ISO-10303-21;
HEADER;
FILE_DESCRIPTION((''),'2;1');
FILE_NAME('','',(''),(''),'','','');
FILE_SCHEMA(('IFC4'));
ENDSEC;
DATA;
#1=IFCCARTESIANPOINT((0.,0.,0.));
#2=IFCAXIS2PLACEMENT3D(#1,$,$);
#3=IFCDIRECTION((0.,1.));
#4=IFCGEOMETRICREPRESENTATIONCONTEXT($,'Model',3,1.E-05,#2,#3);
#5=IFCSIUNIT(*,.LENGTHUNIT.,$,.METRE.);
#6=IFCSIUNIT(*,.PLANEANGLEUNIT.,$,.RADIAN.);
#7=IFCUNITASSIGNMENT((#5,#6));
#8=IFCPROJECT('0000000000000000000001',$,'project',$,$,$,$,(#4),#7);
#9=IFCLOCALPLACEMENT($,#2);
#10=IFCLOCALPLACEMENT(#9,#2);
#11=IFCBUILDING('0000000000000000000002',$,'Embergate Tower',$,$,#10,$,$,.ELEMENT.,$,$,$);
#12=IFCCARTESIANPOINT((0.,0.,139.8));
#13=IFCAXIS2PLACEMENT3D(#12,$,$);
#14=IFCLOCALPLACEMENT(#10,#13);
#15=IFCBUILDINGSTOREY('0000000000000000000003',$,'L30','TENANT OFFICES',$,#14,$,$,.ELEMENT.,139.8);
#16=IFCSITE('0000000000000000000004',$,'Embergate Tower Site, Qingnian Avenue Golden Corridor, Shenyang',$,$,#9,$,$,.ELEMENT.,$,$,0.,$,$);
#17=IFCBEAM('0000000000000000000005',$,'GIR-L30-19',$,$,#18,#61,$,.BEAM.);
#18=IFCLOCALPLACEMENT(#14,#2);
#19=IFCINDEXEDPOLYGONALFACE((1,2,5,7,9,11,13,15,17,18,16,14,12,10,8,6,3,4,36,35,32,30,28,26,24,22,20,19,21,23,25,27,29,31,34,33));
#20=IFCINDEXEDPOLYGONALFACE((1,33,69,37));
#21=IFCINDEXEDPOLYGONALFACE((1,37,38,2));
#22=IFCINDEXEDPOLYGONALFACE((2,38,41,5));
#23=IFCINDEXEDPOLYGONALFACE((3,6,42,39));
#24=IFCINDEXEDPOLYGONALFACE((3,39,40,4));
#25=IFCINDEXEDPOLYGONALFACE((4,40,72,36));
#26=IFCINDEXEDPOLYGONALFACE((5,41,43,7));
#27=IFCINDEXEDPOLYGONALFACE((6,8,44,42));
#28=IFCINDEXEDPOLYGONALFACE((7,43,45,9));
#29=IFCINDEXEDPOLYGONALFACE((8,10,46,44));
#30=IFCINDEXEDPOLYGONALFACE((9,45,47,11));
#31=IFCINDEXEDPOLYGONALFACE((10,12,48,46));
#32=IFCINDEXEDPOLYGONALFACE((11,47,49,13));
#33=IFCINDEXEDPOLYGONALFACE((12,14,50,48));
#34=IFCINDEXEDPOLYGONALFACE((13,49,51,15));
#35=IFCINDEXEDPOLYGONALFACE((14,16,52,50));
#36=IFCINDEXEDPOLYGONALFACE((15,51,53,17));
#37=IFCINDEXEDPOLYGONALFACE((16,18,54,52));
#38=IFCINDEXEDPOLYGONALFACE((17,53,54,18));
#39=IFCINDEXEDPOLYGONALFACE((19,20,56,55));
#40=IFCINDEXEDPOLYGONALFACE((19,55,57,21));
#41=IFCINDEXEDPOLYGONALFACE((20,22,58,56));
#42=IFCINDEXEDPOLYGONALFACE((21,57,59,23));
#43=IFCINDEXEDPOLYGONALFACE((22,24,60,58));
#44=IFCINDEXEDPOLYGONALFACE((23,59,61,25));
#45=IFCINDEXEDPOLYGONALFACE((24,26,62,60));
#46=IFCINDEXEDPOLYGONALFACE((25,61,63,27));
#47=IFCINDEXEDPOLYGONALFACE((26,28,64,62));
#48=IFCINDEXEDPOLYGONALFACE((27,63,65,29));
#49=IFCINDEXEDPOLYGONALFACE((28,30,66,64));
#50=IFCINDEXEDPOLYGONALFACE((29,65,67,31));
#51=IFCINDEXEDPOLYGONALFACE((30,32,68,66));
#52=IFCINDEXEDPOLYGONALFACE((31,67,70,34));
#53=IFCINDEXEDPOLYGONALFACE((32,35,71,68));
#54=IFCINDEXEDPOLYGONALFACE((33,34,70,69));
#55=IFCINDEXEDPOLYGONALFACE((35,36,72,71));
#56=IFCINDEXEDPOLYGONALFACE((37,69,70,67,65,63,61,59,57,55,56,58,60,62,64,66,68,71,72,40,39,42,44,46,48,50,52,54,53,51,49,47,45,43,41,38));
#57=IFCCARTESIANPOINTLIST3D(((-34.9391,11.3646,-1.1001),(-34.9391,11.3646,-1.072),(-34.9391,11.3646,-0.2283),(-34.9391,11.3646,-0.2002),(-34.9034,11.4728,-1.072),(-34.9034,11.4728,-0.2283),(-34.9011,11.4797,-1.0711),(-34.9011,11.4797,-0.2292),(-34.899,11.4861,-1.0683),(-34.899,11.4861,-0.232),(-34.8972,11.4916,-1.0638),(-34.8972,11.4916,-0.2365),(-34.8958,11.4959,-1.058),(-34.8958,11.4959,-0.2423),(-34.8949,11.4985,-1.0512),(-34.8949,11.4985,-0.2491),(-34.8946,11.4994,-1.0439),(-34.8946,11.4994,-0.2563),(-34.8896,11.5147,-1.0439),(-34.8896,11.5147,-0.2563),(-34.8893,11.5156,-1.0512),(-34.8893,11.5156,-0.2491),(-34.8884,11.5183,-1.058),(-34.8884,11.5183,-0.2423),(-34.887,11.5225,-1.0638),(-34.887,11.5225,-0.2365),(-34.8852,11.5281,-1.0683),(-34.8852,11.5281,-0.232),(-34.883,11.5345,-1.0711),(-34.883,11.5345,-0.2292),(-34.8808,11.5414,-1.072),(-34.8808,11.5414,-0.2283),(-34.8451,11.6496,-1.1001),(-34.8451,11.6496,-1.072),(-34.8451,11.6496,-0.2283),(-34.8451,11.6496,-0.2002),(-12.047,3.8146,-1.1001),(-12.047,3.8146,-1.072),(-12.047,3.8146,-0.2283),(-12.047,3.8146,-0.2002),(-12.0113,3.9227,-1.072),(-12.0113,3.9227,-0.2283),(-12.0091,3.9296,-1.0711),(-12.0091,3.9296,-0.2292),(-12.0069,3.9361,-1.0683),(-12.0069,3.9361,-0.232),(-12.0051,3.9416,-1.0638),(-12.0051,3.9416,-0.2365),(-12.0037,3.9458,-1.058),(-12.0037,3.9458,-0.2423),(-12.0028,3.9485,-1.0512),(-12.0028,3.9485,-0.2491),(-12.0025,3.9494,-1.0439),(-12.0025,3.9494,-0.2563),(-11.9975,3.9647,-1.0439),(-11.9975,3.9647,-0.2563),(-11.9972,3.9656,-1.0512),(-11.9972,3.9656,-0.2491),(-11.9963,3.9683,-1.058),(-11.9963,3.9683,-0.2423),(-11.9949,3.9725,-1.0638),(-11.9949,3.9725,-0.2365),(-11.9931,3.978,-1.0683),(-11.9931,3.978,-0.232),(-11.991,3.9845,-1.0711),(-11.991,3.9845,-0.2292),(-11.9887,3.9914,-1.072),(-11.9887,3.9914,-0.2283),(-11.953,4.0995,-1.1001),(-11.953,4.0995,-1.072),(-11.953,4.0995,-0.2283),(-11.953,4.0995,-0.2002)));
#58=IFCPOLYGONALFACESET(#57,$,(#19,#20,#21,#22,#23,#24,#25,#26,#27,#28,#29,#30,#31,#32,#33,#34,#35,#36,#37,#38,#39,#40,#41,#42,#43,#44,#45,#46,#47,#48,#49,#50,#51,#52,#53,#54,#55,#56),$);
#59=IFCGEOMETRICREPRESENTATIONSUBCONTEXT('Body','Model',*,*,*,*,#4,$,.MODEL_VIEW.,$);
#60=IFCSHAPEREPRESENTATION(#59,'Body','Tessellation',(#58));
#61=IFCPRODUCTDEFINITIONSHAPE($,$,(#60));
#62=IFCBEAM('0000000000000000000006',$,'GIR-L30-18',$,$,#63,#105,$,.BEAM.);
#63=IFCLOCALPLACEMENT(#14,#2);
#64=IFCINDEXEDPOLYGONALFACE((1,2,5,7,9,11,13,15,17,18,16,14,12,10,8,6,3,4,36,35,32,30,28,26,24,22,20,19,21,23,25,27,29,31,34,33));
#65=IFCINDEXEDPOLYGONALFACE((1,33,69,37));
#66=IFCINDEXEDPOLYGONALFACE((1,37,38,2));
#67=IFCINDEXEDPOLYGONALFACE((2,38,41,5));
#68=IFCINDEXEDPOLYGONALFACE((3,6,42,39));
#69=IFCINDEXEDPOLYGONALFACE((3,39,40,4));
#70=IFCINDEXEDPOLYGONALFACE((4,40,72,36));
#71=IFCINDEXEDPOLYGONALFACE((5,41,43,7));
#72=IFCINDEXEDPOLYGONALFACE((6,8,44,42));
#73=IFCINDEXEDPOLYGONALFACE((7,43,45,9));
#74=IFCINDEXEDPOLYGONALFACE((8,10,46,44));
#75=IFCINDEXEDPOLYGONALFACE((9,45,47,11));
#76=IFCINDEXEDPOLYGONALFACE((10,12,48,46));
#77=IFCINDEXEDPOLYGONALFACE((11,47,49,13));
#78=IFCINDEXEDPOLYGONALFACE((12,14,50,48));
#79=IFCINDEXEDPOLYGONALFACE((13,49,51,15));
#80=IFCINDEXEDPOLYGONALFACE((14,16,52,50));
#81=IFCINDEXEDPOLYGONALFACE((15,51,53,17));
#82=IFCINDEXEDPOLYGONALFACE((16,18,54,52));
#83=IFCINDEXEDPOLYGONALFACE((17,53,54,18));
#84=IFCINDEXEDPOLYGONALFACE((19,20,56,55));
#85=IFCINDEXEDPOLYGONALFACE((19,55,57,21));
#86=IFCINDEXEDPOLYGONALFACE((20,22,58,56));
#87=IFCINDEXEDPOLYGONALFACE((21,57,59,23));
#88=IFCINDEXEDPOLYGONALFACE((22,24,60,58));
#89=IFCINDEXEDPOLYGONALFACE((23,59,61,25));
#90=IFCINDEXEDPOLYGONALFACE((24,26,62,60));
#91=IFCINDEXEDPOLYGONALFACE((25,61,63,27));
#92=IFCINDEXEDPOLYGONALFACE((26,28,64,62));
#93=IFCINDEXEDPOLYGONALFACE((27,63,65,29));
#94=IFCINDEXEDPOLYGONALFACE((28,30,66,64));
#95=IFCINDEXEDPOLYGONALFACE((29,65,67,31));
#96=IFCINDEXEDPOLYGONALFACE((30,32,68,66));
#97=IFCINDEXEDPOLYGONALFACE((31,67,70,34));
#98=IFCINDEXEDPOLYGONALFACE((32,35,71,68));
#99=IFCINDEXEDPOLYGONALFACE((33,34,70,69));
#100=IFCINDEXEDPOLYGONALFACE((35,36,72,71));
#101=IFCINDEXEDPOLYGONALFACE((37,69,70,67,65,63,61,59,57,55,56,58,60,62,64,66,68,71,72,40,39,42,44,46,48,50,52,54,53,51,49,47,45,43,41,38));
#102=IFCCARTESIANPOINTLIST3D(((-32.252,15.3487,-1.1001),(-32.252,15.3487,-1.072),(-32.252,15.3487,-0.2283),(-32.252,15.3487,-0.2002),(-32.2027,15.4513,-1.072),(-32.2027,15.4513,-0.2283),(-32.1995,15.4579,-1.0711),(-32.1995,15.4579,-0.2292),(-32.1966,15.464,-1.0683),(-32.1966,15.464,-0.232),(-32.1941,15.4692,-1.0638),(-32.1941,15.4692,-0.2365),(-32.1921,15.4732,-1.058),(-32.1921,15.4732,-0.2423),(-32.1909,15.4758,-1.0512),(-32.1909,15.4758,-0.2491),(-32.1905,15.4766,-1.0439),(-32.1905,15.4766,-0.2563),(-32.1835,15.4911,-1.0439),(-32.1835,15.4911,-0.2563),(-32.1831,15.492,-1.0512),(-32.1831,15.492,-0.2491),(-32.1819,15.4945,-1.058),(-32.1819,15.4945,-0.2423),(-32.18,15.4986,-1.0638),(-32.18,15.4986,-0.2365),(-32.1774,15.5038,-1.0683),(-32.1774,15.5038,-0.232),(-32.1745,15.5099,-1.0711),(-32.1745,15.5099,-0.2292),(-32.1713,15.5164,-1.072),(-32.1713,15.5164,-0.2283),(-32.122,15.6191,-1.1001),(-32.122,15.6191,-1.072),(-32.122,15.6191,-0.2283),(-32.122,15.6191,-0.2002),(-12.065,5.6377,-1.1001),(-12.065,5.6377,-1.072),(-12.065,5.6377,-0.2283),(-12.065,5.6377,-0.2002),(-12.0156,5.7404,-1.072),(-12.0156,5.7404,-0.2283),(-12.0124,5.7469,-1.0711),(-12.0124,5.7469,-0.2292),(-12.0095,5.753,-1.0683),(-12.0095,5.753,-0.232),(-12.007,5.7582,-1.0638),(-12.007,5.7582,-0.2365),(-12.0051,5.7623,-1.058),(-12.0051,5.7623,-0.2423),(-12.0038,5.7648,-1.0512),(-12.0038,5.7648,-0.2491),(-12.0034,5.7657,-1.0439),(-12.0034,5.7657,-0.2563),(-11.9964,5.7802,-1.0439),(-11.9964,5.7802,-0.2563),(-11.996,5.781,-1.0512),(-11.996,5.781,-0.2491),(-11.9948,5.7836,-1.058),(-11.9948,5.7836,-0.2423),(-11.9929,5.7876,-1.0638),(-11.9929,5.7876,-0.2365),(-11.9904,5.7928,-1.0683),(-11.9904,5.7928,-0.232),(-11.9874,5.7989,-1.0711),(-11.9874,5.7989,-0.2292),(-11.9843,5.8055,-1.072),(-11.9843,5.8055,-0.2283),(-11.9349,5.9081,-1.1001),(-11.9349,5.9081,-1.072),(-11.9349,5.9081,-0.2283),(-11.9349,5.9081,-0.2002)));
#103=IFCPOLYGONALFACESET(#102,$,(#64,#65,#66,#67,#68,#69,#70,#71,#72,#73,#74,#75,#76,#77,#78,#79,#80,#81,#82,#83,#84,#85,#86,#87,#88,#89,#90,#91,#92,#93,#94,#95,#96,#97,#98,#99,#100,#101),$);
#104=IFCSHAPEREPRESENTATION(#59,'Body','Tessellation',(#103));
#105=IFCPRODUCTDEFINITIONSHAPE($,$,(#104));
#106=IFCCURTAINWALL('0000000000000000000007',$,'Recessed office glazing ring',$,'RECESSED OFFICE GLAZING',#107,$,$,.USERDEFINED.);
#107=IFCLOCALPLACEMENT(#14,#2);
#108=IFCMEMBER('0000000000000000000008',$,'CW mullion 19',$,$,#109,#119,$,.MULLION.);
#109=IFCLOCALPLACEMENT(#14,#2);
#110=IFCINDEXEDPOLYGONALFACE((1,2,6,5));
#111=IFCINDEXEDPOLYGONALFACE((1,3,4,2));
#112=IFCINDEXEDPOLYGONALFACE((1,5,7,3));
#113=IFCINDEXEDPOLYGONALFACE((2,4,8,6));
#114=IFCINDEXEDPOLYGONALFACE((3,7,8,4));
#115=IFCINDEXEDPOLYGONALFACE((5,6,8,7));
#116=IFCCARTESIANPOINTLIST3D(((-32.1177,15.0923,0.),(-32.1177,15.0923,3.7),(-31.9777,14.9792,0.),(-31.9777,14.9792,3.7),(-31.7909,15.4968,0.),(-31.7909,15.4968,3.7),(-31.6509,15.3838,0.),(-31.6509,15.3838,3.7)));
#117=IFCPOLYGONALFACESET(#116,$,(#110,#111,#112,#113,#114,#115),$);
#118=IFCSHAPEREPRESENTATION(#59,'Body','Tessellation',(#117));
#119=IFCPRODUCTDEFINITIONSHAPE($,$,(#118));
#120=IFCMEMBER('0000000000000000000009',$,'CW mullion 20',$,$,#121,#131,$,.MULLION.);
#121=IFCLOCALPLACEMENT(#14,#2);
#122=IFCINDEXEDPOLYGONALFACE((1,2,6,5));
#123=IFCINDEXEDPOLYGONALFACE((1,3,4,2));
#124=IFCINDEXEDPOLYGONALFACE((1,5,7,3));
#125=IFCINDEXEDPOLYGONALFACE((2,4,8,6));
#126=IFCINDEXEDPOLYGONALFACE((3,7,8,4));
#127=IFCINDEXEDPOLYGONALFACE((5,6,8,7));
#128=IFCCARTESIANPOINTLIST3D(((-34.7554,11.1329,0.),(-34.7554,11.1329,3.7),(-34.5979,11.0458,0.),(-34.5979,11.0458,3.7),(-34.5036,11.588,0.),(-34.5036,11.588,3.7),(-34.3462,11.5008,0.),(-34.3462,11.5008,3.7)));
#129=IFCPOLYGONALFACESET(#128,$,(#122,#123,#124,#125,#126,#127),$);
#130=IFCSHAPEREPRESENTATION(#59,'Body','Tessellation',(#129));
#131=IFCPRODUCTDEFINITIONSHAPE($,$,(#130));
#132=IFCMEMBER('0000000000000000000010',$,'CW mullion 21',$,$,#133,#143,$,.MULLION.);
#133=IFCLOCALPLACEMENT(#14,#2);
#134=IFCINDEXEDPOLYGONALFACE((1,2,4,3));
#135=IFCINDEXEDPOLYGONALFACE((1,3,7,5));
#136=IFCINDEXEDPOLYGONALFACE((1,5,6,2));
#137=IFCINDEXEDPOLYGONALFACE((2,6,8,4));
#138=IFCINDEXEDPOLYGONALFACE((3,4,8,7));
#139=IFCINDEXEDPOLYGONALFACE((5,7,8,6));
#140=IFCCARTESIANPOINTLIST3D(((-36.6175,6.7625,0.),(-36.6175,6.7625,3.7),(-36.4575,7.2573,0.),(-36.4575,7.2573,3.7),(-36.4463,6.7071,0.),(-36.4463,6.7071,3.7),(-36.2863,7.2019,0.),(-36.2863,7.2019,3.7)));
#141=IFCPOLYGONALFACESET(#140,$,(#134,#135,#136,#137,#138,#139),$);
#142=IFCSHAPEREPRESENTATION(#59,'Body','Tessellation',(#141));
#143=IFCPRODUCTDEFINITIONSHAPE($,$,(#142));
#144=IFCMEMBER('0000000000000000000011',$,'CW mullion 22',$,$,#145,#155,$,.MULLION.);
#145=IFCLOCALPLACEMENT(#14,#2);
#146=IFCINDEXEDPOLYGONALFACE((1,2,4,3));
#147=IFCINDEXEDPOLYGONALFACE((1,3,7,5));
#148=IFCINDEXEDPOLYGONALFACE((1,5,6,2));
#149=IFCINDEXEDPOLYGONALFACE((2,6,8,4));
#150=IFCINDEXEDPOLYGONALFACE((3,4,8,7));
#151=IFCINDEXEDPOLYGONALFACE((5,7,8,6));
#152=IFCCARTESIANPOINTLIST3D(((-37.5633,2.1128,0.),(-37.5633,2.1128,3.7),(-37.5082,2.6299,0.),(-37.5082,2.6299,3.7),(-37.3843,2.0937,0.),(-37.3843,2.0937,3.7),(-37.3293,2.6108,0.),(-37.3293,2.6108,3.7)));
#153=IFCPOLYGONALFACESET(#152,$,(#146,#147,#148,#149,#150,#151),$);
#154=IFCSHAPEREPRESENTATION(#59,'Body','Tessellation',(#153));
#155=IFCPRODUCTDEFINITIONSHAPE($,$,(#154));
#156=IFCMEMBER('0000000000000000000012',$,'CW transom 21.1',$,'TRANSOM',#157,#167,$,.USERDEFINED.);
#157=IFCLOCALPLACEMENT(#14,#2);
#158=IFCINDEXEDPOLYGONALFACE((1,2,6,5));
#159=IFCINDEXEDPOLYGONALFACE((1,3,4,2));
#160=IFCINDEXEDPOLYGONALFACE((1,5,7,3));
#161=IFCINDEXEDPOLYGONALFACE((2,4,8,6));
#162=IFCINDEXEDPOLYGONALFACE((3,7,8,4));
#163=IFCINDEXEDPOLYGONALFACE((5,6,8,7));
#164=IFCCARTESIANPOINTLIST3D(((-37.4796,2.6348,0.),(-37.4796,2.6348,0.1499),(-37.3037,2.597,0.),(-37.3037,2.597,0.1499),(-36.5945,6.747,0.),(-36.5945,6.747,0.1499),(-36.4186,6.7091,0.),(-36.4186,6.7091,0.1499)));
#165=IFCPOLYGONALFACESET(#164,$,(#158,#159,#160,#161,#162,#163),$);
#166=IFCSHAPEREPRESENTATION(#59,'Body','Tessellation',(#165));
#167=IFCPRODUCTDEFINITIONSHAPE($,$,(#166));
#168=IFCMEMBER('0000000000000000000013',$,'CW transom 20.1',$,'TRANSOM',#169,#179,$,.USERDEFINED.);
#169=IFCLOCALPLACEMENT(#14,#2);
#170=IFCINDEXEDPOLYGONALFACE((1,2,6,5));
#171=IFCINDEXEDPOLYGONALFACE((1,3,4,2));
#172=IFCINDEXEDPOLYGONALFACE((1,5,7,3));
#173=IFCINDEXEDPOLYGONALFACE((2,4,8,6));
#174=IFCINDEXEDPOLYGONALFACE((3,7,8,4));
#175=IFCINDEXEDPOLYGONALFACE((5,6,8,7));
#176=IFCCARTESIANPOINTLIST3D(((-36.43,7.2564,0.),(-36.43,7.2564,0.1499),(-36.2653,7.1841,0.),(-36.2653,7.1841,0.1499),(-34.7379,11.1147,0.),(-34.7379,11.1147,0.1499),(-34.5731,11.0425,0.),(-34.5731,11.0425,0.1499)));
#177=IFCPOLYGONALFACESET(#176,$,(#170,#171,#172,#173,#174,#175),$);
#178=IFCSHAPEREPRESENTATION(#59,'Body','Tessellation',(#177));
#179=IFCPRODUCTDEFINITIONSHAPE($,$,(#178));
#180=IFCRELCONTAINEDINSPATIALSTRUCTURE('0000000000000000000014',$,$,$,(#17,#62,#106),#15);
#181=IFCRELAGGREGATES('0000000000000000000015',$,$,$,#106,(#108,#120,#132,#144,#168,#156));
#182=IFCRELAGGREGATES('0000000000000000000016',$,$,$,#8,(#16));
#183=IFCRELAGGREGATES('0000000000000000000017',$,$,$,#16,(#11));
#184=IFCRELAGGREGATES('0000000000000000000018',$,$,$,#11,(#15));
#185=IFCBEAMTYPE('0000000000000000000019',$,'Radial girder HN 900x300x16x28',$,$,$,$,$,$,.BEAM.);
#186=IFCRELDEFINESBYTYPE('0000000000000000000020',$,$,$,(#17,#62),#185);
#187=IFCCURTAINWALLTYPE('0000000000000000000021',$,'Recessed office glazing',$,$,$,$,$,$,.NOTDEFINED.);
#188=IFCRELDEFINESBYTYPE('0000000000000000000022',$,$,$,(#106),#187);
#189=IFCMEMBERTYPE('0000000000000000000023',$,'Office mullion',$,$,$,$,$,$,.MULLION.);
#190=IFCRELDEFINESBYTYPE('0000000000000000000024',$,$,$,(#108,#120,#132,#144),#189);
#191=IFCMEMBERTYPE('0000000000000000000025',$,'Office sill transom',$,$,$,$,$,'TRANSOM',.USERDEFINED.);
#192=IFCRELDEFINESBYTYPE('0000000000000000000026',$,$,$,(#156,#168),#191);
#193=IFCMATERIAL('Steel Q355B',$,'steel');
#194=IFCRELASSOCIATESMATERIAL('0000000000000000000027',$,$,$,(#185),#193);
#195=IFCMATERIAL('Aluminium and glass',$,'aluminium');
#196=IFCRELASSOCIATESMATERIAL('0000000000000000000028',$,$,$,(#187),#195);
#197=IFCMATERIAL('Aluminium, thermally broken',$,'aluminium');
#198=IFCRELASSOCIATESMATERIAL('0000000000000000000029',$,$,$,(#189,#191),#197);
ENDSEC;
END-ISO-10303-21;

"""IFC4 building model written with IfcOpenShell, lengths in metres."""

from ifc_helpers import new_model, si_unit, direction, frame, origin, origin_2d, place, context, subcontext, project, spatial, rectangle, i_section, extrude, source, transform, mapped, material, material_profile, profile_set, type_object, element, aggregate, save


model = new_model("IFC4")

# Units and contexts
model_context = context("Model", 3, precision=1e-05, world=origin(), true_north=direction((0.0, 1.0)))
body_context = subcontext(model_context, "Body", "Model", "MODEL_VIEW")
ifc_project = project(units=[si_unit("LENGTHUNIT", "METRE"), si_unit("PLANEANGLEUNIT", "RADIAN")], contexts=[model_context])

# Site, building, storey
site_placement = place(None, origin())
site = spatial("IfcSite", under=ifc_project, at=site_placement, Name="Embergate Tower Site, Qingnian Avenue Golden Corridor, Shenyang", CompositionType="ELEMENT", RefElevation=0.0)
building_placement = place(site_placement, origin())
building = spatial("IfcBuilding", under=site, at=building_placement, Name="Embergate Tower", CompositionType="ELEMENT")
storey_placement = place(building_placement, frame((0.0, 0.0, 139.8)))
storey = spatial("IfcBuildingStorey", under=building, at=storey_placement, Name="L30", Description="TENANT OFFICES", CompositionType="ELEMENT", Elevation=139.8)

# Beams
ifc_material_1 = material(Name="Steel Q355B", Category="steel")
ifc_material_profile_1 = material_profile(ifc_material_1, i_section(OverallWidth=0.3, OverallDepth=0.8999, WebThickness=0.0161, FlangeThickness=0.0281, FilletRadius=0.0281, at=origin_2d()), Name="HN 900x300x16x28")
ifc_profile_set_1 = profile_set([ifc_material_profile_1], Name="Steel Q355 grade B")
beam_type_1 = type_object("IfcBeamType", Name="Radial girder HN 900x300x16x28", PredefinedType="BEAM", material=ifc_profile_set_1)
shared_shape_1 = source(origin(), body_context, "Body", "SweptSolid", [
    extrude(i_section(OverallWidth=0.3, OverallDepth=0.8999, WebThickness=0.0161, FlangeThickness=0.0281, FilletRadius=0.0281, at=origin_2d()), origin(), (0.0, 0.0, 1.0), 24.105),
])
beam_1_placement = place(storey_placement, frame((-34.8921, 11.5071, -0.6501), z_axis=(0.949682, -0.313215, 0.0), x_axis=(0.313215, 0.949682, 0.0)))
element("IfcBeam", 1, at=beam_1_placement, inside=storey, type_object=beam_type_1, Name="GIR-L30-19", PredefinedType="BEAM", context=body_context, shape_type="MappedRepresentation", body=[
    mapped(shared_shape_1, transform((0.0, 0.0, 0.0))),
])
shared_shape_2 = source(origin(), body_context, "Body", "SweptSolid", [
    extrude(i_section(OverallWidth=0.3, OverallDepth=0.8999, WebThickness=0.0161, FlangeThickness=0.0281, FilletRadius=0.0281, at=origin_2d()), origin(), (0.0, 0.0, 1.0), 22.4014),
])
beam_2_placement = place(storey_placement, frame((-32.187, 15.4839, -0.6501), z_axis=(0.901154, -0.433499, 0.0), x_axis=(0.433499, 0.901154, 0.0)))
element("IfcBeam", 2, at=beam_2_placement, inside=storey, type_object=beam_type_1, Name="GIR-L30-18", PredefinedType="BEAM", context=body_context, shape_type="MappedRepresentation", body=[
    mapped(shared_shape_2, transform((0.0, 0.0, 0.0))),
])

# Curtain wall, members
ifc_material_2 = material(Name="Aluminium and glass", Category="aluminium")
curtain_wall_type = type_object("IfcCurtainWallType", Name="Recessed office glazing", PredefinedType="NOTDEFINED", material=ifc_material_2)
curtain_wall_placement = place(storey_placement, origin())
curtain_wall = element("IfcCurtainWall", 3, at=curtain_wall_placement, inside=storey, type_object=curtain_wall_type, Name="Recessed office glazing ring", ObjectType="RECESSED OFFICE GLAZING", PredefinedType="USERDEFINED")
ifc_material_3 = material(Name="Aluminium, thermally broken", Category="aluminium")
ifc_material_profile_2 = material_profile(ifc_material_3, rectangle(XDim=0.1799, YDim=0.52, at=origin_2d()), Name="AL 520x180")
ifc_profile_set_2 = profile_set([ifc_material_profile_2], Name="Aluminium, thermally broken")
member_type_1 = type_object("IfcMemberType", Name="Office mullion", PredefinedType="MULLION", material=ifc_profile_set_2)
shared_shape_3 = source(origin(), body_context, "Body", "SweptSolid", [
    extrude(rectangle(XDim=0.1799, YDim=0.52, at=origin_2d()), origin(), (0.0, 0.0, 1.0), 3.7),
])
member_1_placement = place(storey_placement, frame((-31.8843, 15.238, 0.0), z_axis=(0.0, 0.0, 1.0), x_axis=(0.777871, -0.628423, 0.0)))
member_1 = element("IfcMember", 4, at=member_1_placement, type_object=member_type_1, Name="CW mullion 19", PredefinedType="MULLION", context=body_context, shape_type="MappedRepresentation", body=[
    mapped(shared_shape_3, transform((0.0, 0.0, 0.0))),
])
member_2_placement = place(storey_placement, frame((-34.5508, 11.3169, 0.0), z_axis=(0.0, 0.0, 1.0), x_axis=(0.875002, -0.484119, 0.0)))
member_2 = element("IfcMember", 5, at=member_2_placement, type_object=member_type_1, Name="CW mullion 20", PredefinedType="MULLION", context=body_context, shape_type="MappedRepresentation", body=[
    mapped(shared_shape_3, transform((0.0, 0.0, 0.0))),
])
member_3_placement = place(storey_placement, frame((-36.4519, 6.9822, 0.0), z_axis=(0.0, 0.0, 1.0), x_axis=(0.951498, -0.307656, 0.0)))
member_3 = element("IfcMember", 6, at=member_3_placement, type_object=member_type_1, Name="CW mullion 21", PredefinedType="MULLION", context=body_context, shape_type="MappedRepresentation", body=[
    mapped(shared_shape_3, transform((0.0, 0.0, 0.0))),
])
member_4_placement = place(storey_placement, frame((-37.4463, 2.3618, 0.0), z_axis=(0.0, 0.0, 1.0), x_axis=(0.994385, -0.105823, 0.0)))
member_4 = element("IfcMember", 7, at=member_4_placement, type_object=member_type_1, Name="CW mullion 22", PredefinedType="MULLION", context=body_context, shape_type="MappedRepresentation", body=[
    mapped(shared_shape_3, transform((0.0, 0.0, 0.0))),
])
ifc_material_profile_3 = material_profile(ifc_material_3, rectangle(XDim=0.1799, YDim=0.1499, at=origin_2d()), Name="AL 150x180")
ifc_profile_set_3 = profile_set([ifc_material_profile_3], Name="Aluminium, thermally broken")
member_type_2 = type_object("IfcMemberType", Name="Office sill transom", ElementType="TRANSOM", PredefinedType="USERDEFINED", material=ifc_profile_set_3)
shared_shape_4 = source(origin(), body_context, "Body", "SweptSolid", [
    extrude(rectangle(XDim=0.1799, YDim=0.1499, at=origin_2d()), origin(), (0.0, 0.0, 1.0), 4.2063),
])
member_5_placement = place(storey_placement, frame((-36.5066, 6.728, 0.075), z_axis=(-0.210405, -0.977614, 0.0), x_axis=(0.977614, -0.210405, 0.0)))
member_5 = element("IfcMember", 8, at=member_5_placement, type_object=member_type_2, Name="CW transom 21.1", ObjectType="TRANSOM", PredefinedType="USERDEFINED", context=body_context, shape_type="MappedRepresentation", body=[
    mapped(shared_shape_4, transform((0.0, 0.0, 0.0))),
])
shared_shape_5 = source(origin(), body_context, "Body", "SweptSolid", [
    extrude(rectangle(XDim=0.1799, YDim=0.1499, at=origin_2d()), origin(), (0.0, 0.0, 1.0), 4.2131),
])
member_6_placement = place(storey_placement, frame((-34.6555, 11.0786, 0.075), z_axis=(-0.401633, -0.915801, 0.0), x_axis=(0.915801, -0.401633, 0.0)))
member_6 = element("IfcMember", 9, at=member_6_placement, type_object=member_type_2, Name="CW transom 20.1", ObjectType="TRANSOM", PredefinedType="USERDEFINED", context=body_context, shape_type="MappedRepresentation", body=[
    mapped(shared_shape_5, transform((0.0, 0.0, 0.0))),
])
aggregate(curtain_wall, [member_1, member_2, member_3, member_4, member_6, member_5])

save(model, "model.ifc")
